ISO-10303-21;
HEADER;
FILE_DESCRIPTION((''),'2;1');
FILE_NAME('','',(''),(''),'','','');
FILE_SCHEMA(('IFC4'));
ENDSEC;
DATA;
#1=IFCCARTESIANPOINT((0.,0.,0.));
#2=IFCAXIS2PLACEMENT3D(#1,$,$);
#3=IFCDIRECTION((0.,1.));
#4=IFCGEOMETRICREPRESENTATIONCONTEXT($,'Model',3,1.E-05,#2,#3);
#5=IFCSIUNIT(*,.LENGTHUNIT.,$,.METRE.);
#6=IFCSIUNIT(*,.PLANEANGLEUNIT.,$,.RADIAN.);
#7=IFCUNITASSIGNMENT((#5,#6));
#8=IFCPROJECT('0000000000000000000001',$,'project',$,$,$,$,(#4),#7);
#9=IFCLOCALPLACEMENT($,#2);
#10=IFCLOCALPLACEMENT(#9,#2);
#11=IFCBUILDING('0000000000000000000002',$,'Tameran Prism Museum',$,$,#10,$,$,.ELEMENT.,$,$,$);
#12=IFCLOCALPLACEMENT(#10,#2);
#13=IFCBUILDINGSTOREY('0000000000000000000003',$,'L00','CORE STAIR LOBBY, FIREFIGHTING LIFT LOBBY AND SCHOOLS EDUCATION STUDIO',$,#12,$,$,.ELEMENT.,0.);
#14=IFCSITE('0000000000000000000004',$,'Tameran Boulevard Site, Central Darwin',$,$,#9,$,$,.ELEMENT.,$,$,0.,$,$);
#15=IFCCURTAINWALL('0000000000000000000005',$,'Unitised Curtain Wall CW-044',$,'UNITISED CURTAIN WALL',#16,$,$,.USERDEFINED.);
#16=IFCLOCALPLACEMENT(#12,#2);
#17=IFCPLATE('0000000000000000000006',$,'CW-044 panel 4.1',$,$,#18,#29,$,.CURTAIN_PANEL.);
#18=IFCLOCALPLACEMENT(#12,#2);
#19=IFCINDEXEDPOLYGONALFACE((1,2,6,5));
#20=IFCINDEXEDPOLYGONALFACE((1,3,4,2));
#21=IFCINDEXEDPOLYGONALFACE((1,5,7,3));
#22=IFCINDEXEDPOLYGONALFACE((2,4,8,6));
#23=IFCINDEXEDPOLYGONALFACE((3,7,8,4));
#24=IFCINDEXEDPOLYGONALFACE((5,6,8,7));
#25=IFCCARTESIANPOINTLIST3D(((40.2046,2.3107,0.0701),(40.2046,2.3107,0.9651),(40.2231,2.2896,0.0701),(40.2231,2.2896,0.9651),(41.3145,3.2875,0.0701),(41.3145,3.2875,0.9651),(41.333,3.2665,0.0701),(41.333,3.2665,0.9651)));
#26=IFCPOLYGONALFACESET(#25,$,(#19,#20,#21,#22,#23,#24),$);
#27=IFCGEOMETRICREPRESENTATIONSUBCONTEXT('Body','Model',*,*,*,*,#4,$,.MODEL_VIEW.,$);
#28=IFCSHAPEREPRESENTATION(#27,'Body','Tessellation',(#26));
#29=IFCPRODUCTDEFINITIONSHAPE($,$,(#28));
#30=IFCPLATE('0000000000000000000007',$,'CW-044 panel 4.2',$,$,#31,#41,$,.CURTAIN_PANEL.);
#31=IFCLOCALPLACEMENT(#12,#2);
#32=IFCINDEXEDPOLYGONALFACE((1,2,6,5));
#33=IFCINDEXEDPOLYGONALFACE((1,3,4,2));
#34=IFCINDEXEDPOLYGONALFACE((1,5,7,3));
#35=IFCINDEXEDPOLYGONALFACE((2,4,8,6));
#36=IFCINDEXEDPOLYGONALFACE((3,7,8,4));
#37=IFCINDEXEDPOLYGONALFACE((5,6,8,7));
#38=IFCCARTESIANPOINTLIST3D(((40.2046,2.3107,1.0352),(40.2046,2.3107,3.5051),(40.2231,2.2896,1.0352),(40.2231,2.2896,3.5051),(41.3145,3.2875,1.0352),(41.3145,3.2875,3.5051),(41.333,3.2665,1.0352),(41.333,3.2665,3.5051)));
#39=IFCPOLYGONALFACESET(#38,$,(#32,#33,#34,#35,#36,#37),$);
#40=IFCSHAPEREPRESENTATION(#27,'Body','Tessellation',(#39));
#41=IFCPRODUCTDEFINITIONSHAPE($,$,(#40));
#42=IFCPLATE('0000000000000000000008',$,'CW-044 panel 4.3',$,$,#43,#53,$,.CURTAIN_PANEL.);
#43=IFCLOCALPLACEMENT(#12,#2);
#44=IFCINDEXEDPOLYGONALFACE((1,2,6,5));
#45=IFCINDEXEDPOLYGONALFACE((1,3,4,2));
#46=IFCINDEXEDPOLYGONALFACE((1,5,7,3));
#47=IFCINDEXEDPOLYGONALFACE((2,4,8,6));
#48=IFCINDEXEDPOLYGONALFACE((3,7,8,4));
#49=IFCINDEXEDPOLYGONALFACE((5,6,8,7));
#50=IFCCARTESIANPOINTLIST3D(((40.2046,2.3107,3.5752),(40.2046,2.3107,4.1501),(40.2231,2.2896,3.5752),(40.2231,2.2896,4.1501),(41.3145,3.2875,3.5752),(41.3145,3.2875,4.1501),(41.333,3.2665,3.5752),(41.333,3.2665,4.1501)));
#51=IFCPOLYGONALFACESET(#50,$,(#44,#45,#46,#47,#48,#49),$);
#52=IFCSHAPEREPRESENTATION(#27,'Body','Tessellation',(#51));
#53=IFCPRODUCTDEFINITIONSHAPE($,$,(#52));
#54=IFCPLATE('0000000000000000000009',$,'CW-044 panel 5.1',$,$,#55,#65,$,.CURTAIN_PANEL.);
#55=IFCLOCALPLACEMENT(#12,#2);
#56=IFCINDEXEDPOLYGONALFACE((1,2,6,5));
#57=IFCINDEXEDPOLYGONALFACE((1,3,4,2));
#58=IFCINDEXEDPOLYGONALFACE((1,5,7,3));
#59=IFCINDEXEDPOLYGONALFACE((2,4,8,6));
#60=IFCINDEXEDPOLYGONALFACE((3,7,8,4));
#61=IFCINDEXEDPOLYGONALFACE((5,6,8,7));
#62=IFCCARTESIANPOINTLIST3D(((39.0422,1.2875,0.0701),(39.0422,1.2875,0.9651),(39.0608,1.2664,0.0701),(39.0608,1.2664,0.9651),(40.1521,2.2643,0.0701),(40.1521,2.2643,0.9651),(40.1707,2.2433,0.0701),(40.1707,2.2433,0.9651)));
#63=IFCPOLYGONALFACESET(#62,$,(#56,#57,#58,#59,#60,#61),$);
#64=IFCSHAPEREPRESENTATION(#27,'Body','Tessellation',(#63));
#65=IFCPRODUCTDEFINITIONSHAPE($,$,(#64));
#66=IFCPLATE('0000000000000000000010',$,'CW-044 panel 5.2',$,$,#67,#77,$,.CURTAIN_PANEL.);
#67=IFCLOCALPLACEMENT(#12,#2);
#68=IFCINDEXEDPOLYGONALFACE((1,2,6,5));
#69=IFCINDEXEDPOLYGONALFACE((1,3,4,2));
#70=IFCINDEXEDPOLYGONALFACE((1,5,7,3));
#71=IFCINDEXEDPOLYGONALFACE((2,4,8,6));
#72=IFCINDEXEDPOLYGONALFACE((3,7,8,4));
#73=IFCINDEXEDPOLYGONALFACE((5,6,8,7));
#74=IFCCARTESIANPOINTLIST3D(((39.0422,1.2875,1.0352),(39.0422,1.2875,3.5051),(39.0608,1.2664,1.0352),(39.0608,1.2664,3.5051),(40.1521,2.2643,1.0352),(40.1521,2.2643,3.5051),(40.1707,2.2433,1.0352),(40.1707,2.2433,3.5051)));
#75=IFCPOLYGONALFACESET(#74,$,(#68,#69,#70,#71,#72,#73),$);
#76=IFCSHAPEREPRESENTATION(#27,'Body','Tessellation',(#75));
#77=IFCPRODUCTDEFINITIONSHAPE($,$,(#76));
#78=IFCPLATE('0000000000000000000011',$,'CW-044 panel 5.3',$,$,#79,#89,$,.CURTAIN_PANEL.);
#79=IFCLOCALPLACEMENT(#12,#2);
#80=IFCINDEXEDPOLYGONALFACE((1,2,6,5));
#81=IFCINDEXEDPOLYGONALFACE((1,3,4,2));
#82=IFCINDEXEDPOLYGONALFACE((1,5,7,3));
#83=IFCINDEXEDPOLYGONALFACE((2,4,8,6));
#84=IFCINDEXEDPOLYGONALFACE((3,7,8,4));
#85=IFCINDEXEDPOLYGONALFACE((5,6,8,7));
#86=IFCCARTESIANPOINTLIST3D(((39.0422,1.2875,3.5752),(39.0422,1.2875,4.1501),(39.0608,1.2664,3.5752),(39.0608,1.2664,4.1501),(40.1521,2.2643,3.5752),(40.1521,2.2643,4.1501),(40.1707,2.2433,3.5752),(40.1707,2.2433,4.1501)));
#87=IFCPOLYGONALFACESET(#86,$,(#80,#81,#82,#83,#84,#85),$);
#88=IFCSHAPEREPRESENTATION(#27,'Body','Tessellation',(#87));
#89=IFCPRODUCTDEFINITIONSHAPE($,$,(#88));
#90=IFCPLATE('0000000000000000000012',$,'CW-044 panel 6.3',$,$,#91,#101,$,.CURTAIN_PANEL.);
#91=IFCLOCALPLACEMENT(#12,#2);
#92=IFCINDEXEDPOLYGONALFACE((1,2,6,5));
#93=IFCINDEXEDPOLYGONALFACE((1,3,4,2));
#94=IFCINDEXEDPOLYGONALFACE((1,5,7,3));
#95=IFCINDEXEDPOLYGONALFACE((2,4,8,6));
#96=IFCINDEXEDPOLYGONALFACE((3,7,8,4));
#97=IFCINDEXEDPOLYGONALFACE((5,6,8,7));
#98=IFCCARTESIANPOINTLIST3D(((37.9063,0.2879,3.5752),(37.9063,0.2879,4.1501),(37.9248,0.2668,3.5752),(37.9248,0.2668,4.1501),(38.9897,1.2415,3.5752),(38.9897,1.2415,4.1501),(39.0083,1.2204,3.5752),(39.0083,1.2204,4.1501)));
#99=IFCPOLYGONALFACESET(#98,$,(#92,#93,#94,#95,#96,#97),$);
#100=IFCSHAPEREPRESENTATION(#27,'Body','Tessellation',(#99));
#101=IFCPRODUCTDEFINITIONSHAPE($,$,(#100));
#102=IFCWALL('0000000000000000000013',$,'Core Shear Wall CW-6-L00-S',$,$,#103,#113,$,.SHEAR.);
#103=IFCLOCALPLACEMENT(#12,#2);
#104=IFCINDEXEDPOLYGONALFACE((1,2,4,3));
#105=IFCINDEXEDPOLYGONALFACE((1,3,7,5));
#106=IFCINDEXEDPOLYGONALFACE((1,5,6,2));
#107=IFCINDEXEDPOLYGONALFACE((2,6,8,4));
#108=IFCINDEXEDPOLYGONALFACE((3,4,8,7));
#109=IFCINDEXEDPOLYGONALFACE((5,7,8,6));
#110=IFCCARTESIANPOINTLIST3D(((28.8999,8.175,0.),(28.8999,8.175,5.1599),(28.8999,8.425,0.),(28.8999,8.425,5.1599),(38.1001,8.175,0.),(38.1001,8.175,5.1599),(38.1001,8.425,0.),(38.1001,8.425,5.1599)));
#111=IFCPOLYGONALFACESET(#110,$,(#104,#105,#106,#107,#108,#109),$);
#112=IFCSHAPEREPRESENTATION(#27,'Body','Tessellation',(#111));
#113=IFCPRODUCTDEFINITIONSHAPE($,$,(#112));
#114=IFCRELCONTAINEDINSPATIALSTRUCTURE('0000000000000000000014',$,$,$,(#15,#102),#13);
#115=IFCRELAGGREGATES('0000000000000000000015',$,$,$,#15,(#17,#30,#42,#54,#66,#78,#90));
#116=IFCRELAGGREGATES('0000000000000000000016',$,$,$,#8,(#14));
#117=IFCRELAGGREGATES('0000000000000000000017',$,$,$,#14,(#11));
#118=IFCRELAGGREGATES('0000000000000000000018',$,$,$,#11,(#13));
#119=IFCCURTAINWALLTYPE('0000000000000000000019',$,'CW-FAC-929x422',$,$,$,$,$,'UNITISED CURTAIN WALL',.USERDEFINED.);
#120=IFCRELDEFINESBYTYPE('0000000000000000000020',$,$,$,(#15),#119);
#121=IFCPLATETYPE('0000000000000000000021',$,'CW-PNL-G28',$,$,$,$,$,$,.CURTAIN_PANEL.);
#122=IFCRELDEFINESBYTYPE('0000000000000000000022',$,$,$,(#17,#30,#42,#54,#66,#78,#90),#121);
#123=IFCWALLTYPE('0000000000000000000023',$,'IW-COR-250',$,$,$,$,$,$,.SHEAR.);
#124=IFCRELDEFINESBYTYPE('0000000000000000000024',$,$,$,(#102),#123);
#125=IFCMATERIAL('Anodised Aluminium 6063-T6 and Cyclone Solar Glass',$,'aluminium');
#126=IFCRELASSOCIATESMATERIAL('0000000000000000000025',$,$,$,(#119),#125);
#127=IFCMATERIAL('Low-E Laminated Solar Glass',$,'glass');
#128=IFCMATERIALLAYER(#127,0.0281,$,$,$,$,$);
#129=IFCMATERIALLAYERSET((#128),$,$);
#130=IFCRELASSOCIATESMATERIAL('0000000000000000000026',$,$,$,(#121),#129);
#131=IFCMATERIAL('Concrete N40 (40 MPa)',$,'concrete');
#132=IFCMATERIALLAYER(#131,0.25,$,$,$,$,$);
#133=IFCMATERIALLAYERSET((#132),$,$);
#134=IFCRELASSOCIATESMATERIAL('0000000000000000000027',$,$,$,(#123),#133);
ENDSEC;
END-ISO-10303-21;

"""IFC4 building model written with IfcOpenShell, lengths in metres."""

from ifc_helpers import new_model, si_unit, direction, frame, frame_2d, origin, origin_2d, place, context, subcontext, project, spatial, rectangle, extrude, material, layer, layer_set, type_object, element, aggregate, save


model = new_model("IFC4")

# Units and contexts
model_context = context("Model", 3, precision=1e-05, world=origin(), true_north=direction((0.0, 1.0)))
body_context = subcontext(model_context, "Body", "Model", "MODEL_VIEW")
ifc_project = project(units=[si_unit("LENGTHUNIT", "METRE"), si_unit("PLANEANGLEUNIT", "RADIAN")], contexts=[model_context])

# Site, building, storey
site_placement = place(None, origin())
site = spatial("IfcSite", under=ifc_project, at=site_placement, Name="Tameran Boulevard Site, Central Darwin", CompositionType="ELEMENT", RefElevation=0.0)
building_placement = place(site_placement, origin())
building = spatial("IfcBuilding", under=site, at=building_placement, Name="Tameran Prism Museum", CompositionType="ELEMENT")
storey_placement = place(building_placement, origin())
storey = spatial("IfcBuildingStorey", under=building, at=storey_placement, Name="L00", Description="CORE STAIR LOBBY, FIREFIGHTING LIFT LOBBY AND SCHOOLS EDUCATION STUDIO", CompositionType="ELEMENT", Elevation=0.0)

# Curtain wall, plates
ifc_material_1 = material(Name="Anodised Aluminium 6063-T6 and Cyclone Solar Glass", Category="aluminium")
curtain_wall_type = type_object("IfcCurtainWallType", Name="CW-FAC-929x422", ElementType="UNITISED CURTAIN WALL", PredefinedType="USERDEFINED", material=ifc_material_1)
curtain_wall_placement = place(storey_placement, origin())
curtain_wall = element("IfcCurtainWall", 1, at=curtain_wall_placement, inside=storey, type_object=curtain_wall_type, Name="Unitised Curtain Wall CW-044", ObjectType="UNITISED CURTAIN WALL", PredefinedType="USERDEFINED")
ifc_material_2 = material(Name="Low-E Laminated Solar Glass", Category="glass")
ifc_layer_1 = layer(ifc_material_2, 0.0281)
ifc_layer_set_1 = layer_set([ifc_layer_1])
plate_type = type_object("IfcPlateType", Name="CW-PNL-G28", PredefinedType="CURTAIN_PANEL", material=ifc_layer_set_1)
plate_1_placement = place(storey_placement, frame((40.7688, 2.7886, 0.0701), z_axis=(0.0, 0.0, 1.0), x_axis=(-0.750667, -0.660681, 0.0)))
plate_1 = element("IfcPlate", 2, at=plate_1_placement, type_object=plate_type, Name="CW-044 panel 4.1", PredefinedType="CURTAIN_PANEL", context=body_context, shape_type="SweptSolid", body=[
    extrude(rectangle(XDim=1.4785, YDim=0.0281, at=origin_2d()), origin(), (0.0, 0.0, 1.0), 0.895),
])
plate_2_placement = place(storey_placement, frame((40.7688, 2.7886, 1.0352), z_axis=(0.0, 0.0, 1.0), x_axis=(-0.750667, -0.660681, 0.0)))
plate_2 = element("IfcPlate", 3, at=plate_2_placement, type_object=plate_type, Name="CW-044 panel 4.2", PredefinedType="CURTAIN_PANEL", context=body_context, shape_type="SweptSolid", body=[
    extrude(rectangle(XDim=1.4785, YDim=0.0281, at=origin_2d()), origin(), (0.0, 0.0, 1.0), 2.47),
])
plate_3_placement = place(storey_placement, frame((40.7688, 2.7886, 3.5752), z_axis=(0.0, 0.0, 1.0), x_axis=(-0.750667, -0.660681, 0.0)))
plate_3 = element("IfcPlate", 4, at=plate_3_placement, type_object=plate_type, Name="CW-044 panel 4.3", PredefinedType="CURTAIN_PANEL", context=body_context, shape_type="SweptSolid", body=[
    extrude(rectangle(XDim=1.4785, YDim=0.0281, at=origin_2d()), origin(), (0.0, 0.0, 1.0), 0.575),
])
plate_4_placement = place(storey_placement, frame((39.6064, 1.7654, 0.0701), z_axis=(0.0, 0.0, 1.0), x_axis=(-0.750667, -0.660681, 0.0)))
plate_4 = element("IfcPlate", 5, at=plate_4_placement, type_object=plate_type, Name="CW-044 panel 5.1", PredefinedType="CURTAIN_PANEL", context=body_context, shape_type="SweptSolid", body=[
    extrude(rectangle(XDim=1.4785, YDim=0.0281, at=origin_2d()), origin(), (0.0, 0.0, 1.0), 0.895),
])
plate_5_placement = place(storey_placement, frame((39.6064, 1.7654, 1.0352), z_axis=(0.0, 0.0, 1.0), x_axis=(-0.750667, -0.660681, 0.0)))
plate_5 = element("IfcPlate", 6, at=plate_5_placement, type_object=plate_type, Name="CW-044 panel 5.2", PredefinedType="CURTAIN_PANEL", context=body_context, shape_type="SweptSolid", body=[
    extrude(rectangle(XDim=1.4785, YDim=0.0281, at=origin_2d()), origin(), (0.0, 0.0, 1.0), 2.47),
])
plate_6_placement = place(storey_placement, frame((39.6064, 1.7654, 3.5752), z_axis=(0.0, 0.0, 1.0), x_axis=(-0.750667, -0.660681, 0.0)))
plate_6 = element("IfcPlate", 7, at=plate_6_placement, type_object=plate_type, Name="CW-044 panel 5.3", PredefinedType="CURTAIN_PANEL", context=body_context, shape_type="SweptSolid", body=[
    extrude(rectangle(XDim=1.4785, YDim=0.0281, at=origin_2d()), origin(), (0.0, 0.0, 1.0), 0.575),
])
plate_7_placement = place(storey_placement, frame((38.4573, 0.7542, 3.5752), z_axis=(0.0, 0.0, 1.0), x_axis=(-0.750667, -0.660681, 0.0)))
plate_7 = element("IfcPlate", 8, at=plate_7_placement, type_object=plate_type, Name="CW-044 panel 6.3", PredefinedType="CURTAIN_PANEL", context=body_context, shape_type="SweptSolid", body=[
    extrude(rectangle(XDim=1.4434, YDim=0.0281, at=origin_2d()), origin(), (0.0, 0.0, 1.0), 0.575),
])
aggregate(curtain_wall, [plate_1, plate_2, plate_3, plate_4, plate_5, plate_6, plate_7])

# Wall
ifc_material_3 = material(Name="Concrete N40 (40 MPa)", Category="concrete")
ifc_layer_2 = layer(ifc_material_3, 0.25)
ifc_layer_set_2 = layer_set([ifc_layer_2])
wall_type = type_object("IfcWallType", Name="IW-COR-250", PredefinedType="SHEAR", material=ifc_layer_set_2)
wall_placement = place(storey_placement, frame((38.1001, 8.3, 0.0), z_axis=(0.0, 0.0, 1.0), x_axis=(-1.0, 0.0, 0.0)))
element("IfcWall", 9, at=wall_placement, inside=storey, type_object=wall_type, Name="Core Shear Wall CW-6-L00-S", PredefinedType="SHEAR", context=body_context, shape_type="SweptSolid", body=[
    extrude(rectangle(XDim=9.2002, YDim=0.25, at=frame_2d((4.6001, 0.0))), origin(), (0.0, 0.0, 1.0), 5.1599),
])

save(model, "model.ifc")
